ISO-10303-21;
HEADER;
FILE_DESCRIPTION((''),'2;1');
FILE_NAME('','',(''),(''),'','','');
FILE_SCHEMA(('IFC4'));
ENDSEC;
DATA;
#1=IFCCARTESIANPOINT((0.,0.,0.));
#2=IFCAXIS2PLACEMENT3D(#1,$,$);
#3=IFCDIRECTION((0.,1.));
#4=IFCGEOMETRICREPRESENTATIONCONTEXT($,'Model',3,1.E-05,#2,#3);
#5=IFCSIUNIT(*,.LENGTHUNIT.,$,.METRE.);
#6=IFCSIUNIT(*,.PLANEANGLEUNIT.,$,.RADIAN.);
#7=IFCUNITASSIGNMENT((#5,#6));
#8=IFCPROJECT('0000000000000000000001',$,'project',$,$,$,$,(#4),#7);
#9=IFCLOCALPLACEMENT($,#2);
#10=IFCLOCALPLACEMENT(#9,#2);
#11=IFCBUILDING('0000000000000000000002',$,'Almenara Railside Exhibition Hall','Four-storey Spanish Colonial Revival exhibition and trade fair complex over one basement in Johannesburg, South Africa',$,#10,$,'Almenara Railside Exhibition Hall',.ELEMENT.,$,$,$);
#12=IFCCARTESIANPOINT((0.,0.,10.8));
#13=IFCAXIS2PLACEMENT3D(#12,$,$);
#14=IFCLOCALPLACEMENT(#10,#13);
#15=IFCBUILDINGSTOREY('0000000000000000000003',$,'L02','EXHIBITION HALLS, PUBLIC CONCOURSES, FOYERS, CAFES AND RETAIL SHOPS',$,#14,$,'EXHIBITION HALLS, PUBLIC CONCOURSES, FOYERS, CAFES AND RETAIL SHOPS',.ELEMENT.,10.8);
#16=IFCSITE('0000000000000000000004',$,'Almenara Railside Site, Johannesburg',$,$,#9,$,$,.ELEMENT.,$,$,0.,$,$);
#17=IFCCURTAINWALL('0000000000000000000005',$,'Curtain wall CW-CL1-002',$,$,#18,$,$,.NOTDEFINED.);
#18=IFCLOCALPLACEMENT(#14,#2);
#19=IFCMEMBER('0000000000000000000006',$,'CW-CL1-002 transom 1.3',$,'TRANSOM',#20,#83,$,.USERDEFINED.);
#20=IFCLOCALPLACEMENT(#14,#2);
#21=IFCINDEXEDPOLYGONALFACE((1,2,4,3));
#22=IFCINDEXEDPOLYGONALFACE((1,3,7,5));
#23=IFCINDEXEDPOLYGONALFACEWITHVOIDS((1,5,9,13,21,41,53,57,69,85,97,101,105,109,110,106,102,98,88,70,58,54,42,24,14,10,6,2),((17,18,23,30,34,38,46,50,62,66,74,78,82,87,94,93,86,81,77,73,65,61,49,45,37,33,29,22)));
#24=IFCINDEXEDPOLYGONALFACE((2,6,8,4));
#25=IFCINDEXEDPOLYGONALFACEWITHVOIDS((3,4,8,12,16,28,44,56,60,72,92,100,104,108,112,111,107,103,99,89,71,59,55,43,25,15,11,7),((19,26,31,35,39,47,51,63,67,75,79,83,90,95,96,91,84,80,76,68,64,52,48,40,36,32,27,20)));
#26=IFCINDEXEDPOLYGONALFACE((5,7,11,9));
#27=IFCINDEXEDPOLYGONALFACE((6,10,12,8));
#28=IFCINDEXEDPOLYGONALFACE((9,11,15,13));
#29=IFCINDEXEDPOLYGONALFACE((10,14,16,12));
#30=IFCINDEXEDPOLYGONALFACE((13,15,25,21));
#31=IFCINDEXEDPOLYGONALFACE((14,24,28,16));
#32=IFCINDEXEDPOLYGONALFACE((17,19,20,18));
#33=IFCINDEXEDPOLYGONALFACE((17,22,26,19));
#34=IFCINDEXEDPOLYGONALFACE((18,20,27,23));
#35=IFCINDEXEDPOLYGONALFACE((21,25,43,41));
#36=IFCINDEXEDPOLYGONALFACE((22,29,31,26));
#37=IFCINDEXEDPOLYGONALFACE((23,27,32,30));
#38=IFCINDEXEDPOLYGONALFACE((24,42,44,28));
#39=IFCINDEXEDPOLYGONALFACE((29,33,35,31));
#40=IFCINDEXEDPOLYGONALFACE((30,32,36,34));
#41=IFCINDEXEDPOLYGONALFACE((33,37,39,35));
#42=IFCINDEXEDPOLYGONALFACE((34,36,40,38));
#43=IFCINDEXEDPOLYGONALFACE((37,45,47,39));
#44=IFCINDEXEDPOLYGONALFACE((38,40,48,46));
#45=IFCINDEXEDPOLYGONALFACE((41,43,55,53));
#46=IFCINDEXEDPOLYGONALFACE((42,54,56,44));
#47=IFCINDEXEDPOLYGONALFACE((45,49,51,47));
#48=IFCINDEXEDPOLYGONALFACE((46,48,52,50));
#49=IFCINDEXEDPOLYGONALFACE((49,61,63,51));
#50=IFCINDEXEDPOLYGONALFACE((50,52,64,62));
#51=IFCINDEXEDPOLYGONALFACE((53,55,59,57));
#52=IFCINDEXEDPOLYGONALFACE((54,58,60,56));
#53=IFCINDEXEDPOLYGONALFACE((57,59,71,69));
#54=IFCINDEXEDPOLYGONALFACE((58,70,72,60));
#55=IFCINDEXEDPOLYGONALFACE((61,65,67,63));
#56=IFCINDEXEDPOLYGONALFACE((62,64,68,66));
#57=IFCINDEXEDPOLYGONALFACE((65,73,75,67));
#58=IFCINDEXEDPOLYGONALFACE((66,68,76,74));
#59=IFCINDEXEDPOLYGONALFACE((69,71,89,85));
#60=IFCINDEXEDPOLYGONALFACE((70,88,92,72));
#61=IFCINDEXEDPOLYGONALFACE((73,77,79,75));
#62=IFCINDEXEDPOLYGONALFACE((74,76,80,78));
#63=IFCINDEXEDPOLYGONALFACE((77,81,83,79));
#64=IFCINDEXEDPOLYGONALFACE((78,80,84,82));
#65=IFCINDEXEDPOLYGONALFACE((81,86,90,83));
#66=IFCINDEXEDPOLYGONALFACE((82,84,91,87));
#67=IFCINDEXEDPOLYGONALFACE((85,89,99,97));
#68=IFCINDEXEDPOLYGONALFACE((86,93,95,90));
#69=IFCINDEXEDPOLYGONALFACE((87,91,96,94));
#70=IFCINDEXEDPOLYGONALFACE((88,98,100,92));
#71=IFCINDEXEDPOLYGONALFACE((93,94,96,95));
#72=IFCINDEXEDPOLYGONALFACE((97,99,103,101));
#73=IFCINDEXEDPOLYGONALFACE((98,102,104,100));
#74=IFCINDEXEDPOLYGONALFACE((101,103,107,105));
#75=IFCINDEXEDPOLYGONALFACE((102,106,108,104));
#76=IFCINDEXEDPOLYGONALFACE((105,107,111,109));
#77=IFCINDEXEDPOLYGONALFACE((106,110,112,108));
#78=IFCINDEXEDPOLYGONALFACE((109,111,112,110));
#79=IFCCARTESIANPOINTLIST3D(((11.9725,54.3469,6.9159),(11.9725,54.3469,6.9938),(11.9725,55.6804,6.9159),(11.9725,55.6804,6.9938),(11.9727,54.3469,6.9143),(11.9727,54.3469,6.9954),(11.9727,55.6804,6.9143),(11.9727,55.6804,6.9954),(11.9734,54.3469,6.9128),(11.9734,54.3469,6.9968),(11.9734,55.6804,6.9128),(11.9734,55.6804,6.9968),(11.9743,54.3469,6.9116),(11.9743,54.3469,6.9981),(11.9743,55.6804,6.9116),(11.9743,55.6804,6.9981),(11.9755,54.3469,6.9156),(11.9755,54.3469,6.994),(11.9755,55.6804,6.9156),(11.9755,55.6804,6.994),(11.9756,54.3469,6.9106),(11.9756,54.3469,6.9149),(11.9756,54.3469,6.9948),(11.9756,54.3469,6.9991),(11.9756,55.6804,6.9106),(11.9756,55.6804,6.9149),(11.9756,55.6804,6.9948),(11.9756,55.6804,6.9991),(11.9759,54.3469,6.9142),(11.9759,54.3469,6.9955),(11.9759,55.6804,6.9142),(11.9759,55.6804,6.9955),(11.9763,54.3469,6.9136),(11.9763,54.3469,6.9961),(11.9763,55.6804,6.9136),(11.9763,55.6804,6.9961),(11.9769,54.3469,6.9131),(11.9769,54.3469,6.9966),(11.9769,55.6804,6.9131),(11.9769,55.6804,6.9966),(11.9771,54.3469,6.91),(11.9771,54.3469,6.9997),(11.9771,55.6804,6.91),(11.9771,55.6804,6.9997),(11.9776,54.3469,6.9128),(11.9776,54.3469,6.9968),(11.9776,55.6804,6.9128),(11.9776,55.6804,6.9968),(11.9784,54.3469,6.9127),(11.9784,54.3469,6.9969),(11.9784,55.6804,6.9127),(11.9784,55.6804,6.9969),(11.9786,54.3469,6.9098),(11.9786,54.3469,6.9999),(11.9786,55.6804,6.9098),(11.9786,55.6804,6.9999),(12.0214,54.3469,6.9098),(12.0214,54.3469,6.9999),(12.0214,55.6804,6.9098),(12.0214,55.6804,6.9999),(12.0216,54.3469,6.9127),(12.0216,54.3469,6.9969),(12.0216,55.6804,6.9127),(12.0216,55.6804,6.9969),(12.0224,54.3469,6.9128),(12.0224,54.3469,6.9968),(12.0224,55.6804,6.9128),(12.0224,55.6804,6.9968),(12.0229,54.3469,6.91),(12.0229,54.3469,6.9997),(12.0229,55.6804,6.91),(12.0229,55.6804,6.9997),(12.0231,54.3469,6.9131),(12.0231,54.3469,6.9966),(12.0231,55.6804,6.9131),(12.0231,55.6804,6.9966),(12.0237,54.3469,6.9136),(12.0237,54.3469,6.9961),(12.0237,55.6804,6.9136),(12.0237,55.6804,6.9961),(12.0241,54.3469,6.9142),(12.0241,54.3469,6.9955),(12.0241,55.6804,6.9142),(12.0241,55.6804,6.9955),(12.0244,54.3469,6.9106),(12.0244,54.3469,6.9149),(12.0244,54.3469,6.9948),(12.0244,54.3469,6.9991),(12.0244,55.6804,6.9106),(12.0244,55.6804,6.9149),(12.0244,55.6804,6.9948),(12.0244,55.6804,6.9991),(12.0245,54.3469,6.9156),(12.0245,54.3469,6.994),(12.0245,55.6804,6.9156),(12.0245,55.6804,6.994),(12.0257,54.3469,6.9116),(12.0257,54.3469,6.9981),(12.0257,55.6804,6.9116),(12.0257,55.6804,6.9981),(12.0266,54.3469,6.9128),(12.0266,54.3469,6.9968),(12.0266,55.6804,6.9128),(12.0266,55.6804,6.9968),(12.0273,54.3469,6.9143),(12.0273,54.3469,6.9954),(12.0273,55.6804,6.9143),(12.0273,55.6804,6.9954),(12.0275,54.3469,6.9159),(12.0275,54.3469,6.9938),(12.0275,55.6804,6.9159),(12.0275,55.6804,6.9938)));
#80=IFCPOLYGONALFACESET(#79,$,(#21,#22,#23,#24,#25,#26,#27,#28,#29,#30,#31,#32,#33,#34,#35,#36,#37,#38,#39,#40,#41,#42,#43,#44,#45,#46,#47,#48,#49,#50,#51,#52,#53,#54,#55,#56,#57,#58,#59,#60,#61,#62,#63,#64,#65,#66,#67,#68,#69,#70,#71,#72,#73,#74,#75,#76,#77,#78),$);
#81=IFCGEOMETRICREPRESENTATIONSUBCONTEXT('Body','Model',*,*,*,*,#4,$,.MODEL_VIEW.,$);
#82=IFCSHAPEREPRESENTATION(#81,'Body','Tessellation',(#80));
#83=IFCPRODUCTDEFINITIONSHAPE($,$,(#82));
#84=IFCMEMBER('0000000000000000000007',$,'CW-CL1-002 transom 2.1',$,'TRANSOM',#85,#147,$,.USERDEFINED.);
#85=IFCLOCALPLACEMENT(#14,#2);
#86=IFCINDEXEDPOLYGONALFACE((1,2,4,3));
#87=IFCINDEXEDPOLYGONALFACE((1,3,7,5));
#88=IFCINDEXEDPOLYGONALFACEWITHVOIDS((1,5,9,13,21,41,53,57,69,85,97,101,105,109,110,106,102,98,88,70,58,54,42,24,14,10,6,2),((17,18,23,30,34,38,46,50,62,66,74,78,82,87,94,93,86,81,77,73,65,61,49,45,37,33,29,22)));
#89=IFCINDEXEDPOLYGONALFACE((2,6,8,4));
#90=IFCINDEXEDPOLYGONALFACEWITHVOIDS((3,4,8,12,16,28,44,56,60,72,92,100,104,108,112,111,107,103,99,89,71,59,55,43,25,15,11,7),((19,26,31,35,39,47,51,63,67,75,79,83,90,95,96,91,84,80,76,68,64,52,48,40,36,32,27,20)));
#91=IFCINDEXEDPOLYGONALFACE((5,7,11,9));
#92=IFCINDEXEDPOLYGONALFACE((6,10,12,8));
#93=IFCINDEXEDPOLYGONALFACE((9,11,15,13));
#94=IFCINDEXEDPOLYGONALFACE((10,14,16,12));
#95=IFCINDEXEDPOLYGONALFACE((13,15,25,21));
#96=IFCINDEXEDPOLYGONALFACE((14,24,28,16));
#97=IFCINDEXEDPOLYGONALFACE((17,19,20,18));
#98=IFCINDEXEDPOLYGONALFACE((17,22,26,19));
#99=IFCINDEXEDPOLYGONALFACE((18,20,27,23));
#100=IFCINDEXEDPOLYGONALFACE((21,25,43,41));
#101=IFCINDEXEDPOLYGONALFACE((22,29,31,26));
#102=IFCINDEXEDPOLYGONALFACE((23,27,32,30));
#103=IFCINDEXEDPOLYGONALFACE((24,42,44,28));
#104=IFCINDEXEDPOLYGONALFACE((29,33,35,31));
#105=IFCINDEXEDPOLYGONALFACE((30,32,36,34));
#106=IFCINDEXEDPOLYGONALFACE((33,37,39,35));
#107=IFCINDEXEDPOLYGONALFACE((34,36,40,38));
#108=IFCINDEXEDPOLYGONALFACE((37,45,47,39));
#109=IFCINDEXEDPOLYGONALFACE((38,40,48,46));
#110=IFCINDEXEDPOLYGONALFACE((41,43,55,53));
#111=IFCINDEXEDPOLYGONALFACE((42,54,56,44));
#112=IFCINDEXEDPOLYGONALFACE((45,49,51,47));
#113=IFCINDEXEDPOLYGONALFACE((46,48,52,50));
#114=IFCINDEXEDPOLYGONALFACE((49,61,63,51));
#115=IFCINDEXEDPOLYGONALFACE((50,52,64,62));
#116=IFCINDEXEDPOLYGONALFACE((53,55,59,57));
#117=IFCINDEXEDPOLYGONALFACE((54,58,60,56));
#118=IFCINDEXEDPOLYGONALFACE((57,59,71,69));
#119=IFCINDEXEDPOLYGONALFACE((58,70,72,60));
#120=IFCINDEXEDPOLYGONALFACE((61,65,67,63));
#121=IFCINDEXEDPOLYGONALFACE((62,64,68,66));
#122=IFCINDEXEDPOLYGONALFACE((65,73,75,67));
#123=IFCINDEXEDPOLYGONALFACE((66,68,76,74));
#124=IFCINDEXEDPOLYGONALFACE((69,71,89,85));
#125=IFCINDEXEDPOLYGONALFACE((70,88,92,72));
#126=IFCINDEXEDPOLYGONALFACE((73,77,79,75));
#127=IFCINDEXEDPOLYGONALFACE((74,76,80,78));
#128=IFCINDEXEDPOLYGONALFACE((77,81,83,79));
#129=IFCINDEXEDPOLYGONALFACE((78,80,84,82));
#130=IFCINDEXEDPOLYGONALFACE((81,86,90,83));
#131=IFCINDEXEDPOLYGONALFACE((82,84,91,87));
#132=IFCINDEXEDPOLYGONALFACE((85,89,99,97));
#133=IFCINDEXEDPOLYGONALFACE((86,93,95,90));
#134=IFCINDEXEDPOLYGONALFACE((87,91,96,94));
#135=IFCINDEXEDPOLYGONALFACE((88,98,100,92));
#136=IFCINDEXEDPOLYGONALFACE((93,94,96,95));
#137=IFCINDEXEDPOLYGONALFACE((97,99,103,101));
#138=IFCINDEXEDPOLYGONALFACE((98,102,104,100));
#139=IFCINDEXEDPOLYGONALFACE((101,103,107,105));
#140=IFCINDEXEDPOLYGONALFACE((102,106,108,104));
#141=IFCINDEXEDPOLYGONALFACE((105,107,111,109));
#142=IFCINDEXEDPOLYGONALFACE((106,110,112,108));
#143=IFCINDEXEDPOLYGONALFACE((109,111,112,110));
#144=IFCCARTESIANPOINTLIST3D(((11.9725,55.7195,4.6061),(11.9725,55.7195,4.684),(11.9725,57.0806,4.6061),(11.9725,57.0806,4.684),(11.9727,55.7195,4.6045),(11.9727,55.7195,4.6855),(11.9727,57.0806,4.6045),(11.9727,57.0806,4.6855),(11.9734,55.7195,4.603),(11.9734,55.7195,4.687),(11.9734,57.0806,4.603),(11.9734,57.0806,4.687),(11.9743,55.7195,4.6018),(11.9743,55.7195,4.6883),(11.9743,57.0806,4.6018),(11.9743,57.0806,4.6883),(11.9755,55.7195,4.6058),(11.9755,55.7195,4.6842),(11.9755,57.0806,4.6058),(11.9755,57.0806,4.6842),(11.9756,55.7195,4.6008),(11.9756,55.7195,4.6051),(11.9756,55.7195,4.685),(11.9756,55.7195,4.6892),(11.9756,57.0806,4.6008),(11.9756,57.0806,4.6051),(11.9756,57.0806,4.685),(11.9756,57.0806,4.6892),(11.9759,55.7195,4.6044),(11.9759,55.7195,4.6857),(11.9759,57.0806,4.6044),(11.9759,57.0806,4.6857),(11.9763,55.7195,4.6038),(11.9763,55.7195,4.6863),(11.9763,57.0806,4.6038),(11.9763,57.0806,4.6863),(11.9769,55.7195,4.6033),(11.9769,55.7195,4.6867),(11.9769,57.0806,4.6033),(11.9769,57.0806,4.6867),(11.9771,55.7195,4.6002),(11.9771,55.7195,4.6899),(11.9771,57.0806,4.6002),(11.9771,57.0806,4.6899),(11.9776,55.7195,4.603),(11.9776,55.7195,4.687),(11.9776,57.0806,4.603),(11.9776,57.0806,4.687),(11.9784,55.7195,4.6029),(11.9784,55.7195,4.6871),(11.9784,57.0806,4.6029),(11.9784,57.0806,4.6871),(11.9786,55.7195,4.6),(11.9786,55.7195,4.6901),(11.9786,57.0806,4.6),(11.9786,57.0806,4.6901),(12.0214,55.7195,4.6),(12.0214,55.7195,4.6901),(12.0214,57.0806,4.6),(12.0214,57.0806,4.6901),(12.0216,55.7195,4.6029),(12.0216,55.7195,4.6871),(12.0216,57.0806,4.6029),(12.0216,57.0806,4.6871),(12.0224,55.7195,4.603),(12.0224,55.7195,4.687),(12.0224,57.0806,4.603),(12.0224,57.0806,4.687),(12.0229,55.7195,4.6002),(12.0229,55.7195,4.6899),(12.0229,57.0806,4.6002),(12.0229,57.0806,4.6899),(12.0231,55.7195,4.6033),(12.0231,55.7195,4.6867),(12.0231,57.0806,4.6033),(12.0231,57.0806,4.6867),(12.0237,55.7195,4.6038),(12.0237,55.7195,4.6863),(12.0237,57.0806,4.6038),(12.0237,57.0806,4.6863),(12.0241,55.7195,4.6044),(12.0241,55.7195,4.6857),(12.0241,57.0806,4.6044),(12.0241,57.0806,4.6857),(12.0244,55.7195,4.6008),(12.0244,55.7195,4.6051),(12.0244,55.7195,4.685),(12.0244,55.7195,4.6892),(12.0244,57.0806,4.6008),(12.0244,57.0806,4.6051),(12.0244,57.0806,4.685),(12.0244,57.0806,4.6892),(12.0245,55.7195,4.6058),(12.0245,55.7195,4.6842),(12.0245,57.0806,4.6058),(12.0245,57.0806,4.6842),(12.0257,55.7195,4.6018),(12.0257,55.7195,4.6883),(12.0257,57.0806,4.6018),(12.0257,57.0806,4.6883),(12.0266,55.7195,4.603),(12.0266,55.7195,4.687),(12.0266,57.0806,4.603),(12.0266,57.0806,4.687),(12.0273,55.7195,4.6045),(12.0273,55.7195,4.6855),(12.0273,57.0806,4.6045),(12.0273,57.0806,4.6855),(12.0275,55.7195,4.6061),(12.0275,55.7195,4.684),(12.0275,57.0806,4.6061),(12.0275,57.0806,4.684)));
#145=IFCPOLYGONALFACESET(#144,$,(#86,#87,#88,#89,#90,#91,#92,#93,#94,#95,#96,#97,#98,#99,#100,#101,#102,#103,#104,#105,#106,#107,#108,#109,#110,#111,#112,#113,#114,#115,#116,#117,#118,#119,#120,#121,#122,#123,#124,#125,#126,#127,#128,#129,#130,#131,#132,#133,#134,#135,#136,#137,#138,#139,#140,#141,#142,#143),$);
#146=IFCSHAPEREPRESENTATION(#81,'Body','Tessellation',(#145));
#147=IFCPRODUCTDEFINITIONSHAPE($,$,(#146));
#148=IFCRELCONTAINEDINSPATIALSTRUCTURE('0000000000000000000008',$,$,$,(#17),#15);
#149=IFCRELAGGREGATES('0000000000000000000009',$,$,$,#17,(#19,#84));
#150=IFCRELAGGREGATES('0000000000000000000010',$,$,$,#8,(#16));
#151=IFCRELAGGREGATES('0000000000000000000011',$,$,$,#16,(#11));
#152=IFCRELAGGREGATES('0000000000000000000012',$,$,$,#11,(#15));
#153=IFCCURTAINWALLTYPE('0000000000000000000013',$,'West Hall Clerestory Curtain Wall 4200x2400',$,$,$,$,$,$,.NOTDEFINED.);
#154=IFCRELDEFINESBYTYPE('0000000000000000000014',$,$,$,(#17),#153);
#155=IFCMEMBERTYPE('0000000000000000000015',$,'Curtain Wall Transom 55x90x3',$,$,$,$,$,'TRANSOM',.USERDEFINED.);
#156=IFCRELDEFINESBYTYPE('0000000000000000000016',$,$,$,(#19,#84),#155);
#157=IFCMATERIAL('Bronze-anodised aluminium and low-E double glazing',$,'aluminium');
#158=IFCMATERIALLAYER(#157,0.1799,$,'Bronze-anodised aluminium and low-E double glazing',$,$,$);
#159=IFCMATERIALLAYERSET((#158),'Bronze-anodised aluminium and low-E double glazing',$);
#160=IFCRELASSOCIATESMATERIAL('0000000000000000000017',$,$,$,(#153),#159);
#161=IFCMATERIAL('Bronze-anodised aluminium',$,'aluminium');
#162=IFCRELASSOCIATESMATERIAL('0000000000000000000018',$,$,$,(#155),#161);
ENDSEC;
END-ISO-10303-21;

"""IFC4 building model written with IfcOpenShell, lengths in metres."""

from ifc_helpers import new_model, si_unit, direction, frame, origin, origin_2d, place, context, subcontext, project, spatial, hollow_rectangle, extrude, material, layer, layer_set, material_profile, profile_set, type_object, element, aggregate, save


model = new_model("IFC4")

# Units and contexts
model_context = context("Model", 3, precision=1e-05, world=origin(), true_north=direction((0.0, 1.0)))
body_context = subcontext(model_context, "Body", "Model", "MODEL_VIEW")
ifc_project = project(units=[si_unit("LENGTHUNIT", "METRE"), si_unit("PLANEANGLEUNIT", "RADIAN")], contexts=[model_context])

# Site, building, storey
site_placement = place(None, origin())
site = spatial("IfcSite", under=ifc_project, at=site_placement, Name="Almenara Railside Site, Johannesburg", CompositionType="ELEMENT", RefElevation=0.0)
building_placement = place(site_placement, origin())
building = spatial("IfcBuilding", under=site, at=building_placement, Name="Almenara Railside Exhibition Hall", Description="Four-storey Spanish Colonial Revival exhibition and trade fair complex over one basement in Johannesburg, South Africa", LongName="Almenara Railside Exhibition Hall", CompositionType="ELEMENT")
storey_placement = place(building_placement, frame((0.0, 0.0, 10.8)))
storey = spatial("IfcBuildingStorey", under=building, at=storey_placement, Name="L02", Description="EXHIBITION HALLS, PUBLIC CONCOURSES, FOYERS, CAFES AND RETAIL SHOPS", LongName="EXHIBITION HALLS, PUBLIC CONCOURSES, FOYERS, CAFES AND RETAIL SHOPS", CompositionType="ELEMENT", Elevation=10.8)

# Curtain wall
ifc_material_1 = material(Name="Bronze-anodised aluminium and low-E double glazing", Category="aluminium")
ifc_layer_1 = layer(ifc_material_1, 0.1799, Name="Bronze-anodised aluminium and low-E double glazing")
ifc_layer_set_1 = layer_set([ifc_layer_1], Name="Bronze-anodised aluminium and low-E double glazing")
curtain_wall_type = type_object("IfcCurtainWallType", Name="West Hall Clerestory Curtain Wall 4200x2400", PredefinedType="NOTDEFINED", material=ifc_layer_set_1)
curtain_wall_1_placement = place(storey_placement, origin())
curtain_wall_1 = element("IfcCurtainWall", 1, at=curtain_wall_1_placement, inside=storey, type_object=curtain_wall_type, Name="Curtain wall CW-CL1-002", PredefinedType="NOTDEFINED")
ifc_material_2 = material(Name="Bronze-anodised aluminium", Category="aluminium")

# Members
ifc_material_profile_1 = material_profile(ifc_material_2, hollow_rectangle(XDim=0.0549, YDim=0.0901, WallThickness=0.0029, InnerFilletRadius=0.0029, OuterFilletRadius=0.0061, at=origin_2d()), Name="ALU-TRN 55x90x3")
ifc_profile_set_1 = profile_set([ifc_material_profile_1], Name="Bronze-anodised aluminium")
member_type_1 = type_object("IfcMemberType", Name="Curtain Wall Transom 55x90x3", ElementType="TRANSOM", PredefinedType="USERDEFINED", material=ifc_profile_set_1)
member_1_placement = place(storey_placement, frame((12.0, 54.3469, 6.9548), z_axis=(0.0, 1.0, 0.0), x_axis=(-1.0, 0.0, 0.0)))
member_1 = element("IfcMember", 2, at=member_1_placement, type_object=member_type_1, Name="CW-CL1-002 transom 1.3", ObjectType="TRANSOM", PredefinedType="USERDEFINED", context=body_context, shape_type="SweptSolid", body=[
    extrude(hollow_rectangle(XDim=0.0549, YDim=0.0901, WallThickness=0.0029, InnerFilletRadius=0.0029, OuterFilletRadius=0.0061, at=origin_2d()), origin(), (0.0, 0.0, 1.0), 1.3335),
])
member_2_placement = place(storey_placement, frame((12.0, 55.7195, 4.645), z_axis=(0.0, 1.0, 0.0), x_axis=(-1.0, 0.0, 0.0)))
member_2 = element("IfcMember", 3, at=member_2_placement, type_object=member_type_1, Name="CW-CL1-002 transom 2.1", ObjectType="TRANSOM", PredefinedType="USERDEFINED", context=body_context, shape_type="SweptSolid", body=[
    extrude(hollow_rectangle(XDim=0.0549, YDim=0.0901, WallThickness=0.0029, InnerFilletRadius=0.0029, OuterFilletRadius=0.0061, at=origin_2d()), origin(), (0.0, 0.0, 1.0), 1.3611),
])

aggregate(curtain_wall_1, [member_1, member_2])

save(model, "model.ifc")
